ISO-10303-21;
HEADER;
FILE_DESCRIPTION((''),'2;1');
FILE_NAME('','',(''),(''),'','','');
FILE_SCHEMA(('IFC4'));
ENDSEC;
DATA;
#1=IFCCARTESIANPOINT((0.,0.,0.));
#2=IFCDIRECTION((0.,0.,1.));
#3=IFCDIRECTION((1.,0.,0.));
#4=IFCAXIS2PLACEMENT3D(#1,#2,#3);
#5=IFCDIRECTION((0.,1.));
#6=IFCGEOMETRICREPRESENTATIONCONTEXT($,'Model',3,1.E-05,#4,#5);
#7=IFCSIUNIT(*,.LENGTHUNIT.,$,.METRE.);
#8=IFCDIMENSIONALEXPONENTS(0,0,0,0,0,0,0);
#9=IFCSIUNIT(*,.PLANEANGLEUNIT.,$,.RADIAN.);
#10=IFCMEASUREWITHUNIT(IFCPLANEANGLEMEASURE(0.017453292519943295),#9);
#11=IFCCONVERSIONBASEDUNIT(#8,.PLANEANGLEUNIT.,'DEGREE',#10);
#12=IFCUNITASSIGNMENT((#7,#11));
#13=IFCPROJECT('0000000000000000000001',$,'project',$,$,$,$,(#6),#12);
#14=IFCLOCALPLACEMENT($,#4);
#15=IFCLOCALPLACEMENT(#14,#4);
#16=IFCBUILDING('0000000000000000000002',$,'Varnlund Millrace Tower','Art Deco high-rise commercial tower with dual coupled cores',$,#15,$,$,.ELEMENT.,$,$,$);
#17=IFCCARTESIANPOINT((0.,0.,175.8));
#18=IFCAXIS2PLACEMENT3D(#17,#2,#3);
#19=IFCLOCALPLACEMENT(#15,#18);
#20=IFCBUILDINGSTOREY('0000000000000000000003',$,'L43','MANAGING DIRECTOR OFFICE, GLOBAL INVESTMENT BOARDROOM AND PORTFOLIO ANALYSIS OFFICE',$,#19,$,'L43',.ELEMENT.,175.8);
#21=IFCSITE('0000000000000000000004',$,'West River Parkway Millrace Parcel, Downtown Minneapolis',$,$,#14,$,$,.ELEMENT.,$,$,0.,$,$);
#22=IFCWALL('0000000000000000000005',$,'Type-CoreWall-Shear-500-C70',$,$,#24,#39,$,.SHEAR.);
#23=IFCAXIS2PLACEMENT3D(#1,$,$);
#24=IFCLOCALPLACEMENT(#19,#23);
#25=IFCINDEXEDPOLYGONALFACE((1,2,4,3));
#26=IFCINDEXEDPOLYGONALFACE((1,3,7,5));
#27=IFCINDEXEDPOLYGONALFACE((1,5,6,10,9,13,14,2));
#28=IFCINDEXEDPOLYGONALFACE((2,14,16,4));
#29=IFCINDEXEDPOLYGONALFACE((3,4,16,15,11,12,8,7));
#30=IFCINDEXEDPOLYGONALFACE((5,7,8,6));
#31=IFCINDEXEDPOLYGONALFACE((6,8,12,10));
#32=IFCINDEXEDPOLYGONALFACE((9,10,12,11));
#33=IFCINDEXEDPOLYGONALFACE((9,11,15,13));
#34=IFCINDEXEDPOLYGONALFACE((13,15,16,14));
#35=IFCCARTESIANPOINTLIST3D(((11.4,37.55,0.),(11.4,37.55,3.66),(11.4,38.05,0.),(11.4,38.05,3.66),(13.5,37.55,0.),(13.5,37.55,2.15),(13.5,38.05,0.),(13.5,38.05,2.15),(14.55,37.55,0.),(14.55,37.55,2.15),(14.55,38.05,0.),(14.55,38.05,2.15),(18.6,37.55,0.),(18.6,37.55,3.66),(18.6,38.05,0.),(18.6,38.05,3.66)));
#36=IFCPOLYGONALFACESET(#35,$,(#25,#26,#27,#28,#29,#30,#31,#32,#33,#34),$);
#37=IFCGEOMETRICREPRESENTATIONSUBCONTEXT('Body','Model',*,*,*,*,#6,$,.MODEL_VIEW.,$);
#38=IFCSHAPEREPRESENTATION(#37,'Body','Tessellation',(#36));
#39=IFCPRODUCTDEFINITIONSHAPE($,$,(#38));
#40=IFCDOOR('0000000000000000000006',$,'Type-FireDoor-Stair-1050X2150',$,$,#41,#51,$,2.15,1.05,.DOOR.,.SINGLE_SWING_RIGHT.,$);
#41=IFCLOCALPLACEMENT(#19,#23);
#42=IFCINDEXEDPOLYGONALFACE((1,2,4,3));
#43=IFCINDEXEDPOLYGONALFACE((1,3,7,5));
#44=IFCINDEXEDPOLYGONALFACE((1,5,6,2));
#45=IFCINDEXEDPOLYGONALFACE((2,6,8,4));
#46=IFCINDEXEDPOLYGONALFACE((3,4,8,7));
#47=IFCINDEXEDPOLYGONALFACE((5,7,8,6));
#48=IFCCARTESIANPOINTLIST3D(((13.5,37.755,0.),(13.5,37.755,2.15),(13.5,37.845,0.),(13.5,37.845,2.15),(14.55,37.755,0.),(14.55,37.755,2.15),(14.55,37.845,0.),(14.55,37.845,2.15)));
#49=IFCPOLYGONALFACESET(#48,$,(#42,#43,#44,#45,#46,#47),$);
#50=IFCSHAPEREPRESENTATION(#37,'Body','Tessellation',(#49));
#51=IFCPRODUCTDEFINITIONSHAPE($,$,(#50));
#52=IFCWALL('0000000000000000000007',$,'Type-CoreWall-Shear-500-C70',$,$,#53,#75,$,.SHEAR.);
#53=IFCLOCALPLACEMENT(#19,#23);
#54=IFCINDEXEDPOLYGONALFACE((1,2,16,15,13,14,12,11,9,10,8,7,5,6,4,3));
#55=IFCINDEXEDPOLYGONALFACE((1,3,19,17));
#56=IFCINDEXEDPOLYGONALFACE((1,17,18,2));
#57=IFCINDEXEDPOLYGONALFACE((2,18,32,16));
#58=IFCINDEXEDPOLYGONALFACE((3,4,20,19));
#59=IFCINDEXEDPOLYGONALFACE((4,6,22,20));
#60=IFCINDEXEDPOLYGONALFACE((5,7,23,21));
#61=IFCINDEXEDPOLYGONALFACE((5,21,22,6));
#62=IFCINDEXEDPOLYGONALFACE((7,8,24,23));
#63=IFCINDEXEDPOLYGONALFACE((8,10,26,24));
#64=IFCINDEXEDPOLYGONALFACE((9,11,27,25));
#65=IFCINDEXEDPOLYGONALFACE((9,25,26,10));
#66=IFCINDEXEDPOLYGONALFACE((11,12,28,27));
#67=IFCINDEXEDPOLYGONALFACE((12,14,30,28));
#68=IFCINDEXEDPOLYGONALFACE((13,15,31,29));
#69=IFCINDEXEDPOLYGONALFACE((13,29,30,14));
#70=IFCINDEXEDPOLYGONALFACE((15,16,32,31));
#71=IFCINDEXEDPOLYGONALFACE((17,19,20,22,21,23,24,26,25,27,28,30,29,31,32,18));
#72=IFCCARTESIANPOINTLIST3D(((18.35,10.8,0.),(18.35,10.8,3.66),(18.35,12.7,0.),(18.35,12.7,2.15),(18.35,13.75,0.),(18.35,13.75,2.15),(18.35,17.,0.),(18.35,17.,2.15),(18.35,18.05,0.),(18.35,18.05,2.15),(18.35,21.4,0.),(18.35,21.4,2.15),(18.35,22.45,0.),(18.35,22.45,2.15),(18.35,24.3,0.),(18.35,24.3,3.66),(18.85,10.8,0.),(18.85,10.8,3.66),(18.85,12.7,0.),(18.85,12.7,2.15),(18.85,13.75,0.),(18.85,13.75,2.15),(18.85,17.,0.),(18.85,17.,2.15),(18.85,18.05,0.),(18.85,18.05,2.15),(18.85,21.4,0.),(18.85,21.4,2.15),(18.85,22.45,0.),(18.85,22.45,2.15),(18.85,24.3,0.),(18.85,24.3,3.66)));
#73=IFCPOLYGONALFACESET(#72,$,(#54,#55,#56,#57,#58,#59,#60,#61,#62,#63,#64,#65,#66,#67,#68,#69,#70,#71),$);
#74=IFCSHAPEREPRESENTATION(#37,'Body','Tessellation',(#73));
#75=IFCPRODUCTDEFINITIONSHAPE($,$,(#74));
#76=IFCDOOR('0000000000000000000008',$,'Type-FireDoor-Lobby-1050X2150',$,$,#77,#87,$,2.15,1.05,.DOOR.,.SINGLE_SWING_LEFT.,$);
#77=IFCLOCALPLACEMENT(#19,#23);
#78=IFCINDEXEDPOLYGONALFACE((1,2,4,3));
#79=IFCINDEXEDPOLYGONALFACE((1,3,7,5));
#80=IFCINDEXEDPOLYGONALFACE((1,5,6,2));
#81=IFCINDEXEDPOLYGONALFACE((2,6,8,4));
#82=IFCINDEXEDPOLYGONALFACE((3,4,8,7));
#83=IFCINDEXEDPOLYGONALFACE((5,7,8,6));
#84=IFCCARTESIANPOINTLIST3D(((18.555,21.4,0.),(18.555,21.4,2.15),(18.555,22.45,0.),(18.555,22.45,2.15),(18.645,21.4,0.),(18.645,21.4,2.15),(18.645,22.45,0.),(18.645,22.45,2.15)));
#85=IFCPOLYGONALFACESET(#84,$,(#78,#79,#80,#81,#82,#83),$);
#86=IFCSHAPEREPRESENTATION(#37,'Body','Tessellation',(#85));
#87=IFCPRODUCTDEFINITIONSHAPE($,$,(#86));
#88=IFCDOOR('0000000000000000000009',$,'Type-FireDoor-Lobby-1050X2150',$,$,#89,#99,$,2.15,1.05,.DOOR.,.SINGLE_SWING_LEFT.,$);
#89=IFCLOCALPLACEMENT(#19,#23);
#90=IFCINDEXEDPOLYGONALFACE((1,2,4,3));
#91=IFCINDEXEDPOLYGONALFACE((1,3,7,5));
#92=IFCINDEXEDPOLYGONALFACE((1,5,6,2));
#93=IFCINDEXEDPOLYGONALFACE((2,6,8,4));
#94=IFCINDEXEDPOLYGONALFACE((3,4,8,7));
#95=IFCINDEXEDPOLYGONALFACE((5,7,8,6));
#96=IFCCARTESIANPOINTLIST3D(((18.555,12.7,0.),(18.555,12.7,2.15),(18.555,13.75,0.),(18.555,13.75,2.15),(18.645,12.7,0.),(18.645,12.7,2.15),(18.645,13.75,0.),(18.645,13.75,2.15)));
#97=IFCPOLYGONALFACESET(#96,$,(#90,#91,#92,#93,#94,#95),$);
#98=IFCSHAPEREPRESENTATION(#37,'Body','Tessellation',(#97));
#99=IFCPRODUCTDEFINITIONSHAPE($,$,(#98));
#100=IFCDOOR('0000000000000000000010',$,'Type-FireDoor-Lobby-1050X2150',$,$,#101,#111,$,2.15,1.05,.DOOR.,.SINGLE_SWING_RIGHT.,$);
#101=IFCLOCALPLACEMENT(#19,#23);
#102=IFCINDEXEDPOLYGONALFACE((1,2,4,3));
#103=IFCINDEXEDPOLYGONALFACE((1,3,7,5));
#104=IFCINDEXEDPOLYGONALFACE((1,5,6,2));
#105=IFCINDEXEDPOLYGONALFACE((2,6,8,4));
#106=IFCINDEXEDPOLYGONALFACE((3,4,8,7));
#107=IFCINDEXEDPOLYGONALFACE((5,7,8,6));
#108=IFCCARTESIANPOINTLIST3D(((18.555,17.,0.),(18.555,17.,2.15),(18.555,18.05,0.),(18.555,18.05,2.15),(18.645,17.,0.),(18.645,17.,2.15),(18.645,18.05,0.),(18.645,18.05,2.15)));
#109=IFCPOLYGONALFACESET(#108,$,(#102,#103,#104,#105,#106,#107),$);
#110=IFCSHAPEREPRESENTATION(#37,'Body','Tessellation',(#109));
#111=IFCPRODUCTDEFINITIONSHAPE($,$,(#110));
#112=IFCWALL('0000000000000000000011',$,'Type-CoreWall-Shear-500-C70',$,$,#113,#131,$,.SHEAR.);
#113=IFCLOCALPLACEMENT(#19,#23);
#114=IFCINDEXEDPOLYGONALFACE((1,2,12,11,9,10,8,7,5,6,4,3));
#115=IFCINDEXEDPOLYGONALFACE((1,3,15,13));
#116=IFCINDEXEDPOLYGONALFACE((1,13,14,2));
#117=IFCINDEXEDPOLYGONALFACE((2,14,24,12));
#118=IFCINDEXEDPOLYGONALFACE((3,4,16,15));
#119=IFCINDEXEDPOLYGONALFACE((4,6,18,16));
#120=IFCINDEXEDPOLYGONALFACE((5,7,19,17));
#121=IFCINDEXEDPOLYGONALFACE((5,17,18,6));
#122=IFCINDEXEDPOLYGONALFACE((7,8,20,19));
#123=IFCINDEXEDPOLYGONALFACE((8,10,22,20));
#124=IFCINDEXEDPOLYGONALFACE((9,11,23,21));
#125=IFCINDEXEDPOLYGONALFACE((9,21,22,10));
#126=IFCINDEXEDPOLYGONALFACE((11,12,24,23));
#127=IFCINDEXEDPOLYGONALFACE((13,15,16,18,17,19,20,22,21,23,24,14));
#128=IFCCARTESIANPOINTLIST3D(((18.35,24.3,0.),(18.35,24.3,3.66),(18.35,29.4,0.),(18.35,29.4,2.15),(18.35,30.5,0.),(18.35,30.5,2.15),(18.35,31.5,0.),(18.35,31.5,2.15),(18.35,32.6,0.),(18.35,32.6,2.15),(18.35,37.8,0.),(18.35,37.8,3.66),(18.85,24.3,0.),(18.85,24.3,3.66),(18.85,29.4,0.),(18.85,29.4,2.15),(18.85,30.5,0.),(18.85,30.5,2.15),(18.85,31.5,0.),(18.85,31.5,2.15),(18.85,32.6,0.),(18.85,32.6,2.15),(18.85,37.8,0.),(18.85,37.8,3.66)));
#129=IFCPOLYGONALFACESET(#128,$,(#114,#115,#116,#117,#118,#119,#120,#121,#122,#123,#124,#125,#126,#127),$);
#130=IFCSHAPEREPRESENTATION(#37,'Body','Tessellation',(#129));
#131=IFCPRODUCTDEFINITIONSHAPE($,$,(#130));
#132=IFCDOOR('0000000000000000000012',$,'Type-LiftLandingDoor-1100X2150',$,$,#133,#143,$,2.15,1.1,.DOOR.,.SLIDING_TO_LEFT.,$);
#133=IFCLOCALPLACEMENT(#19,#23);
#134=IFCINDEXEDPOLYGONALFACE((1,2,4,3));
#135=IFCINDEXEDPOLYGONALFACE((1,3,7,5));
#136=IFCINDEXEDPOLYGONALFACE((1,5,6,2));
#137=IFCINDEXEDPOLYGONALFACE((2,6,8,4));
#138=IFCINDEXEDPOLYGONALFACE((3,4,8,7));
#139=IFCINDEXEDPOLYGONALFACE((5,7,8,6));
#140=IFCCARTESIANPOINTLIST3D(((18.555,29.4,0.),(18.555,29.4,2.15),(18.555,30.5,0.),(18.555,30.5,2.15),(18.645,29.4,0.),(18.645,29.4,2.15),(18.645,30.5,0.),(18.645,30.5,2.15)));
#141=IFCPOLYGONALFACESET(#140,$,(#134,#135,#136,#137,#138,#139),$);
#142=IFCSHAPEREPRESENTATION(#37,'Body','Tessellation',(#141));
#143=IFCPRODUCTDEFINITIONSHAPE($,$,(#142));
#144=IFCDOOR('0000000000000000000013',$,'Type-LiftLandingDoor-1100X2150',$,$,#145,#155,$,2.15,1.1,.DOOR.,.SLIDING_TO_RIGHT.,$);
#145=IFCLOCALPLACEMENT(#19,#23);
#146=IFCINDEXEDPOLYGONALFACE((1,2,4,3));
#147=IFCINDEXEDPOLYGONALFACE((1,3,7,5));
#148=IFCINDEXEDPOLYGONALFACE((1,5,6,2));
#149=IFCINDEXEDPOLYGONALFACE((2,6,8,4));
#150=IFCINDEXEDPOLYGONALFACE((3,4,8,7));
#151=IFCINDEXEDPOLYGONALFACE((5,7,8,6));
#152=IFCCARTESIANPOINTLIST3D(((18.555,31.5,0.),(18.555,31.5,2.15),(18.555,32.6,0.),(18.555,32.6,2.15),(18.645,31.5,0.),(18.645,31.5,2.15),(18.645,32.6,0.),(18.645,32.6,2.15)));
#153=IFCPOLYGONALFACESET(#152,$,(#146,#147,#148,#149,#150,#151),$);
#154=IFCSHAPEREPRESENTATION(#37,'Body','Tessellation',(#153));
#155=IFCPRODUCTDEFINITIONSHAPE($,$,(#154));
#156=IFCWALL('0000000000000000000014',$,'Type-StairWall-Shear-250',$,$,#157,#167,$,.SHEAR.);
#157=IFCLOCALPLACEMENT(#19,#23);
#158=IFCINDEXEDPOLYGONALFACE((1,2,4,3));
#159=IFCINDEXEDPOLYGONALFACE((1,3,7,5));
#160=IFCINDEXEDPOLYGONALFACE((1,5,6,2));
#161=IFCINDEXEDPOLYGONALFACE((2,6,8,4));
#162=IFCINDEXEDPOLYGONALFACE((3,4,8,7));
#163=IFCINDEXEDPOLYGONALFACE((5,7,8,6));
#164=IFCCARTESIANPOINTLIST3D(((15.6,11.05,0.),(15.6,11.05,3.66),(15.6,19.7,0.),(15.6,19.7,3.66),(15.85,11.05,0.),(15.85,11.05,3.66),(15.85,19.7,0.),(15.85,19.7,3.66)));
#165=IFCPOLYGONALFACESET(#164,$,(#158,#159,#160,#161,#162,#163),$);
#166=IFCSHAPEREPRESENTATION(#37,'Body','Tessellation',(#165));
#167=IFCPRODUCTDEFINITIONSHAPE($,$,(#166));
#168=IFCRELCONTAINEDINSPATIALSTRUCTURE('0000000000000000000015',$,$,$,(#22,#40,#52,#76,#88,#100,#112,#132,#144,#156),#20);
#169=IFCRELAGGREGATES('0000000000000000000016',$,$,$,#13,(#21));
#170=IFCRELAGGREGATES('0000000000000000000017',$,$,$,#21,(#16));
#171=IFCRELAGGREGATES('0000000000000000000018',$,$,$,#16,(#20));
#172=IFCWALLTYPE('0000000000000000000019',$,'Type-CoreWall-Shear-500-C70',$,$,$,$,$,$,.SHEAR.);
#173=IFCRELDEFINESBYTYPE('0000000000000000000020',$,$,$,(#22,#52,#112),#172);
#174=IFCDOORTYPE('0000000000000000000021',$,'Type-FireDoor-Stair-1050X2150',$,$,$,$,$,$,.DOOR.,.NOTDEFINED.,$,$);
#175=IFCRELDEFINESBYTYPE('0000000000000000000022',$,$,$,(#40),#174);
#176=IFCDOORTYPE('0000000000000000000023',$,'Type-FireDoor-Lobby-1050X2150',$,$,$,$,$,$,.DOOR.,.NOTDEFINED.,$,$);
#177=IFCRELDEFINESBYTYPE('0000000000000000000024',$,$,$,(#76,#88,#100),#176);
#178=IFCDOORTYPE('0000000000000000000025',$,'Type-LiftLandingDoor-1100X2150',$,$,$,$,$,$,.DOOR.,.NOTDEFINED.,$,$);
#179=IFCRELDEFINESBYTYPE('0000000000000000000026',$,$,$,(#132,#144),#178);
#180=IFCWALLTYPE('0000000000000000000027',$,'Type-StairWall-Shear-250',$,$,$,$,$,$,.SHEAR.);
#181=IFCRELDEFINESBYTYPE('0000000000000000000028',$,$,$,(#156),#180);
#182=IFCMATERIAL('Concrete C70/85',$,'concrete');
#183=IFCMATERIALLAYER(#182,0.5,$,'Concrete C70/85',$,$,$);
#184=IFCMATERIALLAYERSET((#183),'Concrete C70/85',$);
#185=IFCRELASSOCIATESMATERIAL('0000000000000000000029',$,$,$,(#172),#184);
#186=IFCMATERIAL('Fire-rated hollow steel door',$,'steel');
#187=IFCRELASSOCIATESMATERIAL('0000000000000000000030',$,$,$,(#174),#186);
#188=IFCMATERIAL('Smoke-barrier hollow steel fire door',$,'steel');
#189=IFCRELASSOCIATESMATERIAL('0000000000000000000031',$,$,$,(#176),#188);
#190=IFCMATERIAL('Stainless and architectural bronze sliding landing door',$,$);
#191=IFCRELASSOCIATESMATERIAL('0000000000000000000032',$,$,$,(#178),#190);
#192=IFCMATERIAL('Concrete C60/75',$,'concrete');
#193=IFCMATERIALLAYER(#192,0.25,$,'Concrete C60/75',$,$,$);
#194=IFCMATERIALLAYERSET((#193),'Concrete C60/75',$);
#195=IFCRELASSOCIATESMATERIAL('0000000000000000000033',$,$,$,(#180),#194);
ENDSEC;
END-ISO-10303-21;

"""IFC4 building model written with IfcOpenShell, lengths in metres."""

from ifc_helpers import new_model, entity, si_unit, converted_unit, direction, frame, origin_with_axes, origin_2d_with_axis, place, context, subcontext, project, spatial, polyline, rectangle, outline, extrude, material, layer, layer_set, type_object, element, fill, save


model = new_model("IFC4")

# Units and contexts
model_context = context("Model", 3, precision=1e-05, world=origin_with_axes(), true_north=direction((0.0, 1.0)))
body_context = subcontext(model_context, "Body", "Model", "MODEL_VIEW")
ifc_project = project(units=[si_unit("LENGTHUNIT", "METRE"), converted_unit("PLANEANGLEUNIT", "DEGREE", entity("IfcPlaneAngleMeasure", 0.017453292519943295), si_unit("PLANEANGLEUNIT", "RADIAN"), dimensions=[0, 0, 0, 0, 0, 0, 0])], contexts=[model_context])

# Site, building, storey
site_placement = place(None, origin_with_axes())
site = spatial("IfcSite", under=ifc_project, at=site_placement, Name="West River Parkway Millrace Parcel, Downtown Minneapolis", CompositionType="ELEMENT", RefElevation=0.0)
building_placement = place(site_placement, origin_with_axes())
building = spatial("IfcBuilding", under=site, at=building_placement, Name="Varnlund Millrace Tower", Description="Art Deco high-rise commercial tower with dual coupled cores", CompositionType="ELEMENT")
storey_placement = place(building_placement, frame((0.0, 0.0, 175.8), z_axis=(0.0, 0.0, 1.0), x_axis=(1.0, 0.0, 0.0)))
storey = spatial("IfcBuildingStorey", under=building, at=storey_placement, Name="L43", Description="MANAGING DIRECTOR OFFICE, GLOBAL INVESTMENT BOARDROOM AND PORTFOLIO ANALYSIS OFFICE", LongName="L43", CompositionType="ELEMENT", Elevation=175.8)

# Shared definitions
ifc_material_1 = material(Name="Concrete C60/75", Category="concrete")

# Shared definitions
ifc_material_2 = material(Name="Concrete C70/85", Category="concrete")
ifc_layer_1 = layer(ifc_material_2, 0.5, Name="Concrete C70/85")
ifc_layer_set_1 = layer_set([ifc_layer_1], Name="Concrete C70/85")
wall_type_1 = type_object("IfcWallType", Name="Type-CoreWall-Shear-500-C70", PredefinedType="SHEAR", material=ifc_layer_set_1)

# Wall, opening, door
ifc_material_3 = material(Name="Fire-rated hollow steel door", Category="steel")
door_type_1 = type_object("IfcDoorType", Name="Type-FireDoor-Stair-1050X2150", OperationType="NOTDEFINED", PredefinedType="DOOR", material=ifc_material_3)
wall_1_placement = place(storey_placement, frame((11.4, 37.8, 0.0), z_axis=(0.0, 0.0, 1.0), x_axis=(1.0, 0.0, 0.0)))
wall_1 = element("IfcWall", 1, at=wall_1_placement, inside=storey, type_object=wall_type_1, Name="Type-CoreWall-Shear-500-C70", PredefinedType="SHEAR", context=body_context, shape_type="SweptSolid", body=[
    extrude(outline(polyline([(0.0, -0.25), (7.2, -0.25), (7.2, 0.25), (0.0, 0.25), (0.0, -0.25)])), origin_with_axes(), (0.0, 0.0, 1.0), 3.66),
])
opening_1_placement = place(wall_1_placement, frame((2.625, 0.0, 0.0), z_axis=(0.0, 0.0, 1.0), x_axis=(1.0, 0.0, 0.0)))
opening_1 = element("IfcOpeningElement", 2, at=opening_1_placement, cuts=wall_1, PredefinedType="OPENING", context=body_context, shape_type="SweptSolid", body=[
    extrude(rectangle(XDim=1.05, YDim=0.52, at=origin_2d_with_axis()), origin_with_axes(), (0.0, 0.0, 1.0), 2.15),
])
door_1_placement = place(wall_1_placement, frame((2.625, 0.0, 0.0), z_axis=(0.0, 0.0, 1.0), x_axis=(1.0, 0.0, 0.0)))
door_1 = element("IfcDoor", 3, at=door_1_placement, inside=storey, type_object=door_type_1, Name="Type-FireDoor-Stair-1050X2150", OperationType="SINGLE_SWING_RIGHT", OverallHeight=2.15, OverallWidth=1.05, PredefinedType="DOOR", context=body_context, shape_type="SweptSolid", body=[
    extrude(rectangle(XDim=1.05, YDim=0.09, at=origin_2d_with_axis()), origin_with_axes(), (0.0, 0.0, 1.0), 2.15),
])
fill(opening_1, door_1)

# Walls, openings, doors
wall_2_placement = place(storey_placement, frame((18.6, 10.8, 0.0), z_axis=(0.0, 0.0, 1.0), x_axis=(0.0, 1.0, 0.0)))
wall_2 = element("IfcWall", 4, at=wall_2_placement, inside=storey, type_object=wall_type_1, Name="Type-CoreWall-Shear-500-C70", PredefinedType="SHEAR", context=body_context, shape_type="SweptSolid", body=[
    extrude(outline(polyline([(0.0, -0.25), (13.5, -0.25), (13.5, 0.25), (0.0, 0.25), (0.0, -0.25)])), origin_with_axes(), (0.0, 0.0, 1.0), 3.66),
])
opening_2_placement = place(wall_2_placement, frame((11.125, 0.0, 0.0), z_axis=(0.0, 0.0, 1.0), x_axis=(1.0, 0.0, 0.0)))
opening_2 = element("IfcOpeningElement", 5, at=opening_2_placement, cuts=wall_2, PredefinedType="OPENING", context=body_context, shape_type="SweptSolid", body=[
    extrude(rectangle(XDim=1.05, YDim=0.52, at=origin_2d_with_axis()), origin_with_axes(), (0.0, 0.0, 1.0), 2.15),
])
opening_3_placement = place(wall_2_placement, frame((2.425, 0.0, 0.0), z_axis=(0.0, 0.0, 1.0), x_axis=(1.0, 0.0, 0.0)))
opening_3 = element("IfcOpeningElement", 6, at=opening_3_placement, cuts=wall_2, PredefinedType="OPENING", context=body_context, shape_type="SweptSolid", body=[
    extrude(rectangle(XDim=1.05, YDim=0.52, at=origin_2d_with_axis()), origin_with_axes(), (0.0, 0.0, 1.0), 2.15),
])
opening_4_placement = place(wall_2_placement, frame((6.725, 0.0, 0.0), z_axis=(0.0, 0.0, 1.0), x_axis=(1.0, 0.0, 0.0)))
opening_4 = element("IfcOpeningElement", 7, at=opening_4_placement, cuts=wall_2, PredefinedType="OPENING", context=body_context, shape_type="SweptSolid", body=[
    extrude(rectangle(XDim=1.05, YDim=0.52, at=origin_2d_with_axis()), origin_with_axes(), (0.0, 0.0, 1.0), 2.15),
])
ifc_material_4 = material(Name="Smoke-barrier hollow steel fire door", Category="steel")
door_type_2 = type_object("IfcDoorType", Name="Type-FireDoor-Lobby-1050X2150", OperationType="NOTDEFINED", PredefinedType="DOOR", material=ifc_material_4)
door_2_placement = place(wall_2_placement, frame((11.125, 0.0, 0.0), z_axis=(0.0, 0.0, 1.0), x_axis=(1.0, 0.0, 0.0)))
door_2 = element("IfcDoor", 8, at=door_2_placement, inside=storey, type_object=door_type_2, Name="Type-FireDoor-Lobby-1050X2150", OperationType="SINGLE_SWING_LEFT", OverallHeight=2.15, OverallWidth=1.05, PredefinedType="DOOR", context=body_context, shape_type="SweptSolid", body=[
    extrude(rectangle(XDim=1.05, YDim=0.09, at=origin_2d_with_axis()), origin_with_axes(), (0.0, 0.0, 1.0), 2.15),
])
fill(opening_2, door_2)
door_3_placement = place(wall_2_placement, frame((2.425, 0.0, 0.0), z_axis=(0.0, 0.0, 1.0), x_axis=(1.0, 0.0, 0.0)))
door_3 = element("IfcDoor", 9, at=door_3_placement, inside=storey, type_object=door_type_2, Name="Type-FireDoor-Lobby-1050X2150", OperationType="SINGLE_SWING_LEFT", OverallHeight=2.15, OverallWidth=1.05, PredefinedType="DOOR", context=body_context, shape_type="SweptSolid", body=[
    extrude(rectangle(XDim=1.05, YDim=0.09, at=origin_2d_with_axis()), origin_with_axes(), (0.0, 0.0, 1.0), 2.15),
])
fill(opening_3, door_3)
door_4_placement = place(wall_2_placement, frame((6.725, 0.0, 0.0), z_axis=(0.0, 0.0, 1.0), x_axis=(1.0, 0.0, 0.0)))
door_4 = element("IfcDoor", 10, at=door_4_placement, inside=storey, type_object=door_type_2, Name="Type-FireDoor-Lobby-1050X2150", OperationType="SINGLE_SWING_RIGHT", OverallHeight=2.15, OverallWidth=1.05, PredefinedType="DOOR", context=body_context, shape_type="SweptSolid", body=[
    extrude(rectangle(XDim=1.05, YDim=0.09, at=origin_2d_with_axis()), origin_with_axes(), (0.0, 0.0, 1.0), 2.15),
])
fill(opening_4, door_4)
wall_3_placement = place(storey_placement, frame((18.6, 24.3, 0.0), z_axis=(0.0, 0.0, 1.0), x_axis=(0.0, 1.0, 0.0)))
wall_3 = element("IfcWall", 11, at=wall_3_placement, inside=storey, type_object=wall_type_1, Name="Type-CoreWall-Shear-500-C70", PredefinedType="SHEAR", context=body_context, shape_type="SweptSolid", body=[
    extrude(outline(polyline([(0.0, -0.25), (13.5, -0.25), (13.5, 0.25), (0.0, 0.25), (0.0, -0.25)])), origin_with_axes(), (0.0, 0.0, 1.0), 3.66),
])
opening_5_placement = place(wall_3_placement, frame((5.65, 0.0, 0.0), z_axis=(0.0, 0.0, 1.0), x_axis=(1.0, 0.0, 0.0)))
opening_5 = element("IfcOpeningElement", 12, at=opening_5_placement, cuts=wall_3, PredefinedType="OPENING", context=body_context, shape_type="SweptSolid", body=[
    extrude(rectangle(XDim=1.1, YDim=0.52, at=origin_2d_with_axis()), origin_with_axes(), (0.0, 0.0, 1.0), 2.15),
])
opening_6_placement = place(wall_3_placement, frame((7.75, 0.0, 0.0), z_axis=(0.0, 0.0, 1.0), x_axis=(1.0, 0.0, 0.0)))
opening_6 = element("IfcOpeningElement", 13, at=opening_6_placement, cuts=wall_3, PredefinedType="OPENING", context=body_context, shape_type="SweptSolid", body=[
    extrude(rectangle(XDim=1.1, YDim=0.52, at=origin_2d_with_axis()), origin_with_axes(), (0.0, 0.0, 1.0), 2.15),
])
ifc_material_5 = material(Name="Stainless and architectural bronze sliding landing door")
door_type_3 = type_object("IfcDoorType", Name="Type-LiftLandingDoor-1100X2150", OperationType="NOTDEFINED", PredefinedType="DOOR", material=ifc_material_5)
door_5_placement = place(wall_3_placement, frame((5.65, 0.0, 0.0), z_axis=(0.0, 0.0, 1.0), x_axis=(1.0, 0.0, 0.0)))
door_5 = element("IfcDoor", 14, at=door_5_placement, inside=storey, type_object=door_type_3, Name="Type-LiftLandingDoor-1100X2150", OperationType="SLIDING_TO_LEFT", OverallHeight=2.15, OverallWidth=1.1, PredefinedType="DOOR", context=body_context, shape_type="SweptSolid", body=[
    extrude(rectangle(XDim=1.1, YDim=0.09, at=origin_2d_with_axis()), origin_with_axes(), (0.0, 0.0, 1.0), 2.15),
])
fill(opening_5, door_5)
door_6_placement = place(wall_3_placement, frame((7.75, 0.0, 0.0), z_axis=(0.0, 0.0, 1.0), x_axis=(1.0, 0.0, 0.0)))
door_6 = element("IfcDoor", 15, at=door_6_placement, inside=storey, type_object=door_type_3, Name="Type-LiftLandingDoor-1100X2150", OperationType="SLIDING_TO_RIGHT", OverallHeight=2.15, OverallWidth=1.1, PredefinedType="DOOR", context=body_context, shape_type="SweptSolid", body=[
    extrude(rectangle(XDim=1.1, YDim=0.09, at=origin_2d_with_axis()), origin_with_axes(), (0.0, 0.0, 1.0), 2.15),
])
fill(opening_6, door_6)

# Wall
ifc_layer_2 = layer(ifc_material_1, 0.25, Name="Concrete C60/75")
ifc_layer_set_2 = layer_set([ifc_layer_2], Name="Concrete C60/75")
wall_type_2 = type_object("IfcWallType", Name="Type-StairWall-Shear-250", PredefinedType="SHEAR", material=ifc_layer_set_2)
wall_4_placement = place(storey_placement, frame((15.725, 11.05, 0.0), z_axis=(0.0, 0.0, 1.0), x_axis=(0.0, 1.0, 0.0)))
element("IfcWall", 16, at=wall_4_placement, inside=storey, type_object=wall_type_2, Name="Type-StairWall-Shear-250", PredefinedType="SHEAR", context=body_context, shape_type="SweptSolid", body=[
    extrude(outline(polyline([(0.0, -0.125), (8.65, -0.125), (8.65, 0.125), (0.0, 0.125), (0.0, -0.125)])), origin_with_axes(), (0.0, 0.0, 1.0), 3.66),
])

save(model, "model.ifc")
